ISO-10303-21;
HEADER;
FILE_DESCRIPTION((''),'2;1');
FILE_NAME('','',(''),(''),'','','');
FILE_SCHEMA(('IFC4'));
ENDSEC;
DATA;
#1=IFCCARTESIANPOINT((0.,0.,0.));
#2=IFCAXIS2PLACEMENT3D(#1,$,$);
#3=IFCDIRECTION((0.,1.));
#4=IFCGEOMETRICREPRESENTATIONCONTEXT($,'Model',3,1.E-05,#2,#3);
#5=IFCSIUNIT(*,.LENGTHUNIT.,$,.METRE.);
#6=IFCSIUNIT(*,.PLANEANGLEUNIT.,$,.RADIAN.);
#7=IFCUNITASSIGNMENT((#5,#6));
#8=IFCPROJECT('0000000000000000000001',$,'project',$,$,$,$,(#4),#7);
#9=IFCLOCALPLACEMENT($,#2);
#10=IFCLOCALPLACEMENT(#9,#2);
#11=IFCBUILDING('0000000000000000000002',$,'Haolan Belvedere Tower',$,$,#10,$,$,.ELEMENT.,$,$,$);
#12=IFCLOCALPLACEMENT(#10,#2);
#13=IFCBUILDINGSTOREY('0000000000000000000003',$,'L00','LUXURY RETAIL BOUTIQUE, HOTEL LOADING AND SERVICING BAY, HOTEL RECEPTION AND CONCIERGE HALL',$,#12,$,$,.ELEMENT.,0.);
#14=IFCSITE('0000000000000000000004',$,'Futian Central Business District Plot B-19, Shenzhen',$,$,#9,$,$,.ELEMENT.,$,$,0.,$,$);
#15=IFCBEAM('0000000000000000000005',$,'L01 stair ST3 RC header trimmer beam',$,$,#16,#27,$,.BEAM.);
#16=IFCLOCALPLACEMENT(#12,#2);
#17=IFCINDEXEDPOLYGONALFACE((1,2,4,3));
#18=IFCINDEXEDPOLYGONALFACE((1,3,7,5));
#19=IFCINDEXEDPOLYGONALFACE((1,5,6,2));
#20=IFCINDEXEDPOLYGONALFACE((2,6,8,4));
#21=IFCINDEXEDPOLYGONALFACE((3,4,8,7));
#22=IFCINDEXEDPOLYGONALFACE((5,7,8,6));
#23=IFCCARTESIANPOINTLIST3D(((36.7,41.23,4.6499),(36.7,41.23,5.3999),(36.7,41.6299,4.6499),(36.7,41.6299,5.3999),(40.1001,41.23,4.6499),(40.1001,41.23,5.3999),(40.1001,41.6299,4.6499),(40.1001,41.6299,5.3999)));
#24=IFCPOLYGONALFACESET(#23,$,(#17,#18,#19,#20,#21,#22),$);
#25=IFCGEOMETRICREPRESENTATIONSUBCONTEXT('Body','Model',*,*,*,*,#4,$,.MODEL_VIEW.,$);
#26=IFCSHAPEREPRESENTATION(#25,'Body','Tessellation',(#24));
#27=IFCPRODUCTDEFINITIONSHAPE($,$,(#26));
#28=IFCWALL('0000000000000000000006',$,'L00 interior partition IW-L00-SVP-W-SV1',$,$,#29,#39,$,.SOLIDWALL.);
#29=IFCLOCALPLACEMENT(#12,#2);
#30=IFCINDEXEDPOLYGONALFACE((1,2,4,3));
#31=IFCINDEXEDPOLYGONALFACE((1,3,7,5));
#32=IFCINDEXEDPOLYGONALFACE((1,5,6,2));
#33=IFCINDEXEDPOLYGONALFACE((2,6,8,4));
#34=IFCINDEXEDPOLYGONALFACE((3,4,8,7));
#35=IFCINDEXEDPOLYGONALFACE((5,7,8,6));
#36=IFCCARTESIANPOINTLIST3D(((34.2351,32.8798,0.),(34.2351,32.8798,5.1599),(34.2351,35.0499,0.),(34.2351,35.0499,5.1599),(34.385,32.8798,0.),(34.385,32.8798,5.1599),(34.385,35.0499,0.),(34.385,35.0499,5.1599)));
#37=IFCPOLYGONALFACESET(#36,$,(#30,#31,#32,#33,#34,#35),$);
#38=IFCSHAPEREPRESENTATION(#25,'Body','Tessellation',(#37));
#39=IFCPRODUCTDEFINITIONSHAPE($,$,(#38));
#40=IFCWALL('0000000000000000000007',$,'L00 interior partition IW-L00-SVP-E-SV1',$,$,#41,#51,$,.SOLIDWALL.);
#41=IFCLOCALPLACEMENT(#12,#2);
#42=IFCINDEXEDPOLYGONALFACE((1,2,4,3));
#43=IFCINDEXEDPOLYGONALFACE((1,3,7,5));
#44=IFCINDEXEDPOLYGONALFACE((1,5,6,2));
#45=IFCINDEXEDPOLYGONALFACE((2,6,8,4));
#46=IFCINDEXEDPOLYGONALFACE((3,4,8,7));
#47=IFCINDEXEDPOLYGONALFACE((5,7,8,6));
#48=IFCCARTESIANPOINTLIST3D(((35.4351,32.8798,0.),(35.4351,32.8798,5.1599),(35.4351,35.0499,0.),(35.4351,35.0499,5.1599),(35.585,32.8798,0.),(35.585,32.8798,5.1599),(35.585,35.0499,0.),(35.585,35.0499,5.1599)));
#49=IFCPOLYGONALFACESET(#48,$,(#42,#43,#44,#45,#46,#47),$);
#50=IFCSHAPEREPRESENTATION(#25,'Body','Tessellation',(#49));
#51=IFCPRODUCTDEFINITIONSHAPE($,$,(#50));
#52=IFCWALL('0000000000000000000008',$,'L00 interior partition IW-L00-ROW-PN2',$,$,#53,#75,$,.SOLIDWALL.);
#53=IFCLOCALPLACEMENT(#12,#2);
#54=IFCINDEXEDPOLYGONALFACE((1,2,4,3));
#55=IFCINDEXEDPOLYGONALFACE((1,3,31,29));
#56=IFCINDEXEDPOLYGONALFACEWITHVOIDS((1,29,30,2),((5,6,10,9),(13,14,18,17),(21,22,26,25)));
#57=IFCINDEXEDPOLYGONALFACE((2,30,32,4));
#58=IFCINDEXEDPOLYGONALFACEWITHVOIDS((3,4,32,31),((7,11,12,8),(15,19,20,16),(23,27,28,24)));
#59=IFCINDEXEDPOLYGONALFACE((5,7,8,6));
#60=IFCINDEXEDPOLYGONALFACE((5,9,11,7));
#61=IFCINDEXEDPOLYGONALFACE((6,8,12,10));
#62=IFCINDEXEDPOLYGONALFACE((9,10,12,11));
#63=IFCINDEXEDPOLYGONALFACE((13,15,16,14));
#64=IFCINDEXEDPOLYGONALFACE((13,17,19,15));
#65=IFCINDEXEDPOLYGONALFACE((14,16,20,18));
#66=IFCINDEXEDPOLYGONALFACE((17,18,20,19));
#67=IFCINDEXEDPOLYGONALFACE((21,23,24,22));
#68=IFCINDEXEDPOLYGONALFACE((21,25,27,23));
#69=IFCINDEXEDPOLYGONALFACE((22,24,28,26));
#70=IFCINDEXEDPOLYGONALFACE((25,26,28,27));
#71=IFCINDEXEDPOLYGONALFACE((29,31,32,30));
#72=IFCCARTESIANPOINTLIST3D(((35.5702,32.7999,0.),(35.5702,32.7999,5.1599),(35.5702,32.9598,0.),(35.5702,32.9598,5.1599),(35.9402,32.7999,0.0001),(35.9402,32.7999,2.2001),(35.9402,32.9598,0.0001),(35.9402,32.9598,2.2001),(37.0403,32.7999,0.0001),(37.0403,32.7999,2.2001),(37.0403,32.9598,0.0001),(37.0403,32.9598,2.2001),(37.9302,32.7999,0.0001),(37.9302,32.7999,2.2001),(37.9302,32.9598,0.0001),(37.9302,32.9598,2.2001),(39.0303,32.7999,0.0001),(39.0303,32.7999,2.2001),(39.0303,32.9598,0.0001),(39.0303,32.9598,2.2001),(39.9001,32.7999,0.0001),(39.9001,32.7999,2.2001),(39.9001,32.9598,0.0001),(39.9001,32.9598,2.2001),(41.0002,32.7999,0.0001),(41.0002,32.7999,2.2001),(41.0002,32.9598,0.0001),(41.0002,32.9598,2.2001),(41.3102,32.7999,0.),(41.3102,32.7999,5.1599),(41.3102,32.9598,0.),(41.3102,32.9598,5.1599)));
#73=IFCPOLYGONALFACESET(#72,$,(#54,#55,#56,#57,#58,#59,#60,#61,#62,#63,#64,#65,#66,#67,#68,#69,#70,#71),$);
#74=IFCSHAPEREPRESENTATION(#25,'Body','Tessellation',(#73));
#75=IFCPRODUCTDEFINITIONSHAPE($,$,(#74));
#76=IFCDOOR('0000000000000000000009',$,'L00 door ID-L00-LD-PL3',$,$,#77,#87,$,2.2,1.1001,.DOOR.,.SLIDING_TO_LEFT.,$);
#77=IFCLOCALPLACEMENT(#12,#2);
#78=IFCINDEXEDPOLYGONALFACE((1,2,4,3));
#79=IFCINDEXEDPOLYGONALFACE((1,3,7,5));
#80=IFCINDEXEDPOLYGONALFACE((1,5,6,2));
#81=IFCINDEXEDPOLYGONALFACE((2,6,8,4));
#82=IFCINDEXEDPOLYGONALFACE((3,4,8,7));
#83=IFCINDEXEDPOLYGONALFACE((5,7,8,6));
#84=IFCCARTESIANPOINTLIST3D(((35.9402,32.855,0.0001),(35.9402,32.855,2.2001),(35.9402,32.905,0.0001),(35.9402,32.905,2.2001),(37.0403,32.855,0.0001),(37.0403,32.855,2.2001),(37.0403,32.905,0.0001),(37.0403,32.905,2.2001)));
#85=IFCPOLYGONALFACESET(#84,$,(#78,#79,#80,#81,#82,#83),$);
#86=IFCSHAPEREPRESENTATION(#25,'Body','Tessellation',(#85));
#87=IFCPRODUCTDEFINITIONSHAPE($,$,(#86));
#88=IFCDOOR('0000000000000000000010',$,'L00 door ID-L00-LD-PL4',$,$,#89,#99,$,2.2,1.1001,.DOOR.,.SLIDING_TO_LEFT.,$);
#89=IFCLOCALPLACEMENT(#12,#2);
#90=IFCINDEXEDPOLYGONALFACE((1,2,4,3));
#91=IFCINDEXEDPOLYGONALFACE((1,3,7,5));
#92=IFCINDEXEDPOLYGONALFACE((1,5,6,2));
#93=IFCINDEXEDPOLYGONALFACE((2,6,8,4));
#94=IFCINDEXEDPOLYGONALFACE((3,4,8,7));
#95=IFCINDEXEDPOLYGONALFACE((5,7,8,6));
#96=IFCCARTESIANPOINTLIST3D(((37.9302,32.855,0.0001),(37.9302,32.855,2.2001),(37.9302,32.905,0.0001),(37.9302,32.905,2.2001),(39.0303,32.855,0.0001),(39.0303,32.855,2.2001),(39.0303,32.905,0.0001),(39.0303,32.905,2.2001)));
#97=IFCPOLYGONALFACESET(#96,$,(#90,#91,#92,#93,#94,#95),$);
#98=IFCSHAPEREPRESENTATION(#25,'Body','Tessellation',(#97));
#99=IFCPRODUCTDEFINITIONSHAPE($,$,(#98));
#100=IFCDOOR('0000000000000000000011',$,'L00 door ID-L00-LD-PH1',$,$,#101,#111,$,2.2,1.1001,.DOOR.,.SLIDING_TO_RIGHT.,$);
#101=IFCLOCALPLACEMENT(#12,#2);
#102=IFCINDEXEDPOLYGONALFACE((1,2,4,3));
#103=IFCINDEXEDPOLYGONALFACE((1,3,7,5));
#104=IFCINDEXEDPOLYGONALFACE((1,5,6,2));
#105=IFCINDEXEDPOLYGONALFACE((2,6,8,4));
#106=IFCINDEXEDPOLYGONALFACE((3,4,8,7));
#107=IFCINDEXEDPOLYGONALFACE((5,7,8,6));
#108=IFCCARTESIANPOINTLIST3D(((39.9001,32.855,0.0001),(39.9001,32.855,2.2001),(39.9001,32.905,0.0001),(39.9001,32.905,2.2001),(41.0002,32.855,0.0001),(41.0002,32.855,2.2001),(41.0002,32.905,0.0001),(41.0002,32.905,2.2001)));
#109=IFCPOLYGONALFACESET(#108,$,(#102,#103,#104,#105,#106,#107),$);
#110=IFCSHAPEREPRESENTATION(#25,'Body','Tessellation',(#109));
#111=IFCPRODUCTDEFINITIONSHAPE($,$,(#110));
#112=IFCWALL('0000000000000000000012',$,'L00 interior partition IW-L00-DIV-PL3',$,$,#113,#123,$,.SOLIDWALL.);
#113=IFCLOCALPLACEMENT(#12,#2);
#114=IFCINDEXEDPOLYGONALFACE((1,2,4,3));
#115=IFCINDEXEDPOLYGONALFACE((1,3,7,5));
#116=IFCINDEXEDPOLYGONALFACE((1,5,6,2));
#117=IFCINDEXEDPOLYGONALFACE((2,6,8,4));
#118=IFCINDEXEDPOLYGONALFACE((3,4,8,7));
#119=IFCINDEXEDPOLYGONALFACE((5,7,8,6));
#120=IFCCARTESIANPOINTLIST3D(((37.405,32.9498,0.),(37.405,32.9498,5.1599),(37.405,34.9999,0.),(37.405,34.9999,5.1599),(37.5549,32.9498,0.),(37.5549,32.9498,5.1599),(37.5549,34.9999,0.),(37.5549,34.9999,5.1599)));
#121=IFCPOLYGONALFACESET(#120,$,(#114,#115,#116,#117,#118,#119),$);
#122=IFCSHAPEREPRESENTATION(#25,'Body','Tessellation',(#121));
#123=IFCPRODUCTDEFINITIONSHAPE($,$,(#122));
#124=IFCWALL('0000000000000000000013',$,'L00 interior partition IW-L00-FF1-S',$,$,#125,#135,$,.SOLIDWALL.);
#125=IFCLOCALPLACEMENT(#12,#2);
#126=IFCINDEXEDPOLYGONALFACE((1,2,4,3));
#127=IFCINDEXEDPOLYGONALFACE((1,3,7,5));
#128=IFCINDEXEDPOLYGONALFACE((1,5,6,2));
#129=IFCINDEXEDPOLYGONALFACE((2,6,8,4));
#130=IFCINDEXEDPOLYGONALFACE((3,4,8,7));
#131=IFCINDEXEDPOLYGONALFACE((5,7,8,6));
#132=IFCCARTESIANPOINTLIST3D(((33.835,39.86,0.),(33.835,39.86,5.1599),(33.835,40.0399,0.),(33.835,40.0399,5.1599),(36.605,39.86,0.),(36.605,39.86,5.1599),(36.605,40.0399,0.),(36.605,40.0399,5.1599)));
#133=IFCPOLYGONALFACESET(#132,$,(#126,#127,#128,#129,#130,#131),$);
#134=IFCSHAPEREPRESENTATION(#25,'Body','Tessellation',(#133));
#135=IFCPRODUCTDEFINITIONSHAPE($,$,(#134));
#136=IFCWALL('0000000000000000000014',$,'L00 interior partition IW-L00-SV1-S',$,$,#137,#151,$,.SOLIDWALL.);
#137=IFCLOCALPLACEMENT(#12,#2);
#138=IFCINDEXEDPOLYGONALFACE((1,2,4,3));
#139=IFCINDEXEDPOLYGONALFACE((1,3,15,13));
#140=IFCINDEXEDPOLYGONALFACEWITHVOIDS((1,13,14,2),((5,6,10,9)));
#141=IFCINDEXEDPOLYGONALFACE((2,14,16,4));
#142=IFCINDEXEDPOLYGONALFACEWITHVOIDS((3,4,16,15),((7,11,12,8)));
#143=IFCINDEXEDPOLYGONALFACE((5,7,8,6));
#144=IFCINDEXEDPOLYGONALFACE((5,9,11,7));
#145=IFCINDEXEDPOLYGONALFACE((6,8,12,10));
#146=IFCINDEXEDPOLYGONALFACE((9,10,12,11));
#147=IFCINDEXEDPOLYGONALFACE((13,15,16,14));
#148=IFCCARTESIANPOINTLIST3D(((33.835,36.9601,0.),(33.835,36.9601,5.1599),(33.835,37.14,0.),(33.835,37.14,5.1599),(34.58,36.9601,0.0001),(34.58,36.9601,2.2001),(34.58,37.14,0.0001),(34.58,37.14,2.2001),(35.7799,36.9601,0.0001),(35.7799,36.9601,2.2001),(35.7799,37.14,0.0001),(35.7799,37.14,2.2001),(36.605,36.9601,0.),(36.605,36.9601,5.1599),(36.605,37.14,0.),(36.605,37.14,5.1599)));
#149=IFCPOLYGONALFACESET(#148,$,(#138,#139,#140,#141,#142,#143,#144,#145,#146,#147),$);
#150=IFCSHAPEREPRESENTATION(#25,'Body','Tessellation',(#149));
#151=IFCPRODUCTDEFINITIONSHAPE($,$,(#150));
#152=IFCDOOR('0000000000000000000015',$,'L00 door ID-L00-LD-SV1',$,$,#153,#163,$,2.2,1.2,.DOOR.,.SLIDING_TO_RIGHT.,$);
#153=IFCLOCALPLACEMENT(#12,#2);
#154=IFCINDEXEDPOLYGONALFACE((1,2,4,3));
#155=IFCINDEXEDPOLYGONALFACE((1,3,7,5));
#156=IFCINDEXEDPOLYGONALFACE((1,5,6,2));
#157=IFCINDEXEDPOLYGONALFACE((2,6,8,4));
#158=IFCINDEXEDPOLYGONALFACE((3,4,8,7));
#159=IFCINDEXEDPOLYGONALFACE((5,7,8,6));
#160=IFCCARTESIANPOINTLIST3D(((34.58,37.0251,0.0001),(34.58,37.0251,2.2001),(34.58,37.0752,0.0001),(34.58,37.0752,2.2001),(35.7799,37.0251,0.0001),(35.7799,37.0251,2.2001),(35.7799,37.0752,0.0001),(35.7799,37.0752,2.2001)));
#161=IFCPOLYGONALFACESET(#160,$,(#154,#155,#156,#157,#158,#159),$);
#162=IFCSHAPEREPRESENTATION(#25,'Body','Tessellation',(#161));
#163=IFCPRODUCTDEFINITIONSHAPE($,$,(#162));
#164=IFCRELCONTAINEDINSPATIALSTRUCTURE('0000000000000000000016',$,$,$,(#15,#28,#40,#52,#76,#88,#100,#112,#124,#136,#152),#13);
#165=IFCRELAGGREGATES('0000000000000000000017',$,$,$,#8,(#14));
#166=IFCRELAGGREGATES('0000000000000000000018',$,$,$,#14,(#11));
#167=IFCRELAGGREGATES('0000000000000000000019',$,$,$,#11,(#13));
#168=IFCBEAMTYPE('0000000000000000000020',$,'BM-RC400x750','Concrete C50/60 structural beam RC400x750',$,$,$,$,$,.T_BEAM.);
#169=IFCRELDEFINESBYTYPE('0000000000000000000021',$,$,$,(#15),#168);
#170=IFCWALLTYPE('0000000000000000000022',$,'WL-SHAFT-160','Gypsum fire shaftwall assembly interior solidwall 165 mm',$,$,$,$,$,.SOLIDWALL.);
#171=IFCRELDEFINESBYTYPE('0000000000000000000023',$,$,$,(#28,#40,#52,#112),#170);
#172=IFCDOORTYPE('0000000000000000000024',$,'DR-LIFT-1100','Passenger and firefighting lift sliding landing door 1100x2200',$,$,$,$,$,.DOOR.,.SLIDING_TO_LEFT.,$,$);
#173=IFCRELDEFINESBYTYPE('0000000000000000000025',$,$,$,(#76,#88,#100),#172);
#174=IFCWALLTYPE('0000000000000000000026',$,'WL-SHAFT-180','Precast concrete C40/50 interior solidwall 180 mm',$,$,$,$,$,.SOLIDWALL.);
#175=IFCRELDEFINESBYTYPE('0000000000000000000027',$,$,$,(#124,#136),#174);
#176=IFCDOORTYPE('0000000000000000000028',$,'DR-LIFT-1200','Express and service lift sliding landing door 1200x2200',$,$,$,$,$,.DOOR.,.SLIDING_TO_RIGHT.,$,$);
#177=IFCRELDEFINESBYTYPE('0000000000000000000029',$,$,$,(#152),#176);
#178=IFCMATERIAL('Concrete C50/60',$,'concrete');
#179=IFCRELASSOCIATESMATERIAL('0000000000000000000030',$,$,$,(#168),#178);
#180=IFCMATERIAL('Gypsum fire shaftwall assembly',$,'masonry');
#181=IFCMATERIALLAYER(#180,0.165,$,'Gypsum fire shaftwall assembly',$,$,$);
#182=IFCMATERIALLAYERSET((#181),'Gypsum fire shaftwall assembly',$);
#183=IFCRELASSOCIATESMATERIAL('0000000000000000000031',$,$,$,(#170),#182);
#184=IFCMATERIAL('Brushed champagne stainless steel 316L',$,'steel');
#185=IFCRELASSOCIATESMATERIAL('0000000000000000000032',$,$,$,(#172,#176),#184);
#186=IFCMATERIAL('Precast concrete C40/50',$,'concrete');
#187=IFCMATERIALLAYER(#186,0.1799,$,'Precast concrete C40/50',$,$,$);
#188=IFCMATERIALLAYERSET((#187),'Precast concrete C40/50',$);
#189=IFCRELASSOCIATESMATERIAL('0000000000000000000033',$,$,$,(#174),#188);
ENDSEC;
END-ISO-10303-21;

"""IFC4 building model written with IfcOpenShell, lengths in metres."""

from ifc_helpers import new_model, si_unit, direction, frame, frame_2d, origin, origin_2d, place, context, subcontext, project, spatial, rectangle, extrude, material, layer, layer_set, material_profile, profile_set, type_object, element, fill, save


model = new_model("IFC4")

# Units and contexts
model_context = context("Model", 3, precision=1e-05, world=origin(), true_north=direction((0.0, 1.0)))
body_context = subcontext(model_context, "Body", "Model", "MODEL_VIEW")
ifc_project = project(units=[si_unit("LENGTHUNIT", "METRE"), si_unit("PLANEANGLEUNIT", "RADIAN")], contexts=[model_context])

# Site, building, storey
site_placement = place(None, origin())
site = spatial("IfcSite", under=ifc_project, at=site_placement, Name="Futian Central Business District Plot B-19, Shenzhen", CompositionType="ELEMENT", RefElevation=0.0)
building_placement = place(site_placement, origin())
building = spatial("IfcBuilding", under=site, at=building_placement, Name="Haolan Belvedere Tower", CompositionType="ELEMENT")
storey_placement = place(building_placement, origin())
storey = spatial("IfcBuildingStorey", under=building, at=storey_placement, Name="L00", Description="LUXURY RETAIL BOUTIQUE, HOTEL LOADING AND SERVICING BAY, HOTEL RECEPTION AND CONCIERGE HALL", CompositionType="ELEMENT", Elevation=0.0)

# Beam
ifc_material_1 = material(Name="Concrete C50/60", Category="concrete")
ifc_material_profile = material_profile(ifc_material_1, rectangle(XDim=0.3999, YDim=0.75, at=origin_2d()), Name="Concrete C50/60")
ifc_profile_set = profile_set([ifc_material_profile], Name="Concrete C50/60")
beam_type = type_object("IfcBeamType", Name="BM-RC400x750", Description="Concrete C50/60 structural beam RC400x750", PredefinedType="T_BEAM", material=ifc_profile_set)
beam_placement = place(storey_placement, frame((36.7, 41.4299, 5.0249), z_axis=(1.0, 0.0, 0.0), x_axis=(0.0, 1.0, 0.0)))
element("IfcBeam", 1, at=beam_placement, inside=storey, type_object=beam_type, Name="L01 stair ST3 RC header trimmer beam", PredefinedType="BEAM", context=body_context, shape_type="SweptSolid", body=[
    extrude(rectangle(XDim=0.3999, YDim=0.75, at=origin_2d()), origin(), (0.0, 0.0, 1.0), 3.4001),
])

# Walls
ifc_material_2 = material(Name="Gypsum fire shaftwall assembly", Category="masonry")
ifc_layer_1 = layer(ifc_material_2, 0.165, Name="Gypsum fire shaftwall assembly")
ifc_layer_set_1 = layer_set([ifc_layer_1], Name="Gypsum fire shaftwall assembly")
wall_type_1 = type_object("IfcWallType", Name="WL-SHAFT-160", Description="Gypsum fire shaftwall assembly interior solidwall 165 mm", PredefinedType="SOLIDWALL", material=ifc_layer_set_1)
for number, where, z_axis, x_axis, name in (
    (2, (34.3101, 32.8799, 0.0), (0.0, 0.0, 1.0), (0.0, 1.0, 0.0), "L00 interior partition IW-L00-SVP-W-SV1"),
    (3, (35.51, 32.8799, 0.0), (0.0, 0.0, 1.0), (0.0, 1.0, 0.0), "L00 interior partition IW-L00-SVP-E-SV1"),
):
    element("IfcWall", number, at=place(storey_placement, frame(where, z_axis=z_axis, x_axis=x_axis)), inside=storey, type_object=wall_type_1, Name=name, PredefinedType="SOLIDWALL", context=body_context, shape_type="SweptSolid", body=[
        extrude(rectangle(XDim=2.1702, YDim=0.1499, at=frame_2d((1.085, 0.0))), origin(), (0.0, 0.0, 1.0), 5.1599),
    ])

# Wall, openings, doors
wall_1_placement = place(storey_placement, frame((35.5701, 32.8799, 0.0), z_axis=(0.0, 0.0, 1.0), x_axis=(1.0, 0.0, 0.0)))
wall_1 = element("IfcWall", 4, at=wall_1_placement, inside=storey, type_object=wall_type_1, Name="L00 interior partition IW-L00-ROW-PN2", PredefinedType="SOLIDWALL", context=body_context, shape_type="SweptSolid", body=[
    extrude(rectangle(XDim=5.74, YDim=0.1599, at=frame_2d((2.8701, 0.0))), origin(), (0.0, 0.0, 1.0), 5.1599),
])
opening_1_placement = place(wall_1_placement, frame((1.4702, 0.0, 0.0), z_axis=(0.0, 0.0, 1.0), x_axis=(-1.0, 0.0, 0.0)))
opening_1 = element("IfcOpeningElement", 5, at=opening_1_placement, cuts=wall_1, PredefinedType="OPENING", context=body_context, shape_type="SweptSolid", body=[
    extrude(rectangle(XDim=1.1001, YDim=2.2, at=frame_2d((0.55, 1.1001))), frame((0.0, 0.0898, 0.0), z_axis=(0.0, -1.0, 0.0), x_axis=(1.0, 0.0, 0.0)), (0.0, 0.0, 1.0), 0.1799),
])
opening_2_placement = place(wall_1_placement, frame((3.4602, 0.0, 0.0), z_axis=(0.0, 0.0, 1.0), x_axis=(-1.0, 0.0, 0.0)))
opening_2 = element("IfcOpeningElement", 6, at=opening_2_placement, cuts=wall_1, PredefinedType="OPENING", context=body_context, shape_type="SweptSolid", body=[
    extrude(rectangle(XDim=1.1001, YDim=2.2, at=frame_2d((0.55, 1.1001))), frame((0.0, 0.0898, 0.0), z_axis=(0.0, -1.0, 0.0), x_axis=(1.0, 0.0, 0.0)), (0.0, 0.0, 1.0), 0.1799),
])
opening_3_placement = place(wall_1_placement, frame((5.4302, 0.0, 0.0), z_axis=(0.0, 0.0, 1.0), x_axis=(-1.0, 0.0, 0.0)))
opening_3 = element("IfcOpeningElement", 7, at=opening_3_placement, cuts=wall_1, PredefinedType="OPENING", context=body_context, shape_type="SweptSolid", body=[
    extrude(rectangle(XDim=1.1001, YDim=2.2, at=frame_2d((0.55, 1.1001))), frame((0.0, 0.0898, 0.0), z_axis=(0.0, -1.0, 0.0), x_axis=(1.0, 0.0, 0.0)), (0.0, 0.0, 1.0), 0.1799),
])
ifc_material_3 = material(Name="Brushed champagne stainless steel 316L", Category="steel")
door_type_1 = type_object("IfcDoorType", Name="DR-LIFT-1100", Description="Passenger and firefighting lift sliding landing door 1100x2200", OperationType="SLIDING_TO_LEFT", PredefinedType="DOOR", material=ifc_material_3)
door_1_placement = place(opening_1_placement, origin())
door_1 = element("IfcDoor", 8, at=door_1_placement, inside=storey, type_object=door_type_1, Name="L00 door ID-L00-LD-PL3", OperationType="SLIDING_TO_LEFT", OverallHeight=2.2, OverallWidth=1.1001, PredefinedType="DOOR", context=body_context, shape_type="SweptSolid", body=[
    extrude(rectangle(XDim=1.1001, YDim=2.2, at=frame_2d((0.55, 1.1001))), frame((0.0, 0.0249, 0.0), z_axis=(0.0, -1.0, 0.0), x_axis=(1.0, 0.0, 0.0)), (0.0, 0.0, 1.0), 0.05),
])
fill(opening_1, door_1)
door_2_placement = place(opening_2_placement, origin())
door_2 = element("IfcDoor", 9, at=door_2_placement, inside=storey, type_object=door_type_1, Name="L00 door ID-L00-LD-PL4", OperationType="SLIDING_TO_LEFT", OverallHeight=2.2, OverallWidth=1.1001, PredefinedType="DOOR", context=body_context, shape_type="SweptSolid", body=[
    extrude(rectangle(XDim=1.1001, YDim=2.2, at=frame_2d((0.55, 1.1001))), frame((0.0, 0.0249, 0.0), z_axis=(0.0, -1.0, 0.0), x_axis=(1.0, 0.0, 0.0)), (0.0, 0.0, 1.0), 0.05),
])
fill(opening_2, door_2)
door_3_placement = place(opening_3_placement, origin())
door_3 = element("IfcDoor", 10, at=door_3_placement, inside=storey, type_object=door_type_1, Name="L00 door ID-L00-LD-PH1", OperationType="SLIDING_TO_RIGHT", OverallHeight=2.2, OverallWidth=1.1001, PredefinedType="DOOR", context=body_context, shape_type="SweptSolid", body=[
    extrude(rectangle(XDim=1.1001, YDim=2.2, at=frame_2d((0.55, 1.1001))), frame((0.0, 0.0249, 0.0), z_axis=(0.0, -1.0, 0.0), x_axis=(1.0, 0.0, 0.0)), (0.0, 0.0, 1.0), 0.05),
])
fill(opening_3, door_3)

# Walls
wall_2_placement = place(storey_placement, frame((37.48, 32.95, 0.0), z_axis=(0.0, 0.0, 1.0), x_axis=(0.0, 1.0, 0.0)))
element("IfcWall", 11, at=wall_2_placement, inside=storey, type_object=wall_type_1, Name="L00 interior partition IW-L00-DIV-PL3", PredefinedType="SOLIDWALL", context=body_context, shape_type="SweptSolid", body=[
    extrude(rectangle(XDim=2.05, YDim=0.1499, at=frame_2d((1.0249, 0.0))), origin(), (0.0, 0.0, 1.0), 5.1599),
])
ifc_material_4 = material(Name="Precast concrete C40/50", Category="concrete")
ifc_layer_2 = layer(ifc_material_4, 0.1799, Name="Precast concrete C40/50")
ifc_layer_set_2 = layer_set([ifc_layer_2], Name="Precast concrete C40/50")
wall_type_2 = type_object("IfcWallType", Name="WL-SHAFT-180", Description="Precast concrete C40/50 interior solidwall 180 mm", PredefinedType="SOLIDWALL", material=ifc_layer_set_2)
wall_3_placement = place(storey_placement, frame((33.835, 39.95, 0.0), z_axis=(0.0, 0.0, 1.0), x_axis=(1.0, 0.0, 0.0)))
element("IfcWall", 12, at=wall_3_placement, inside=storey, type_object=wall_type_2, Name="L00 interior partition IW-L00-FF1-S", PredefinedType="SOLIDWALL", context=body_context, shape_type="SweptSolid", body=[
    extrude(rectangle(XDim=2.77, YDim=0.1799, at=frame_2d((1.385, 0.0))), origin(), (0.0, 0.0, 1.0), 5.1599),
])

# Wall, opening, door
wall_4_placement = place(storey_placement, frame((33.835, 37.05, 0.0), z_axis=(0.0, 0.0, 1.0), x_axis=(1.0, 0.0, 0.0)))
wall_4 = element("IfcWall", 13, at=wall_4_placement, inside=storey, type_object=wall_type_2, Name="L00 interior partition IW-L00-SV1-S", PredefinedType="SOLIDWALL", context=body_context, shape_type="SweptSolid", body=[
    extrude(rectangle(XDim=2.77, YDim=0.1799, at=frame_2d((1.385, 0.0))), origin(), (0.0, 0.0, 1.0), 5.1599),
])
opening_4_placement = place(wall_4_placement, frame((1.9451, 0.0, 0.0), z_axis=(0.0, 0.0, 1.0), x_axis=(-1.0, 0.0, 0.0)))
opening_4 = element("IfcOpeningElement", 14, at=opening_4_placement, cuts=wall_4, PredefinedType="OPENING", context=body_context, shape_type="SweptSolid", body=[
    extrude(rectangle(XDim=1.2, YDim=2.2, at=frame_2d((0.6001, 1.1001))), frame((0.0, 0.0999, 0.0), z_axis=(0.0, -1.0, 0.0), x_axis=(1.0, 0.0, 0.0)), (0.0, 0.0, 1.0), 0.2),
])
door_type_2 = type_object("IfcDoorType", Name="DR-LIFT-1200", Description="Express and service lift sliding landing door 1200x2200", OperationType="SLIDING_TO_RIGHT", PredefinedType="DOOR", material=ifc_material_3)
door_4_placement = place(opening_4_placement, origin())
door_4 = element("IfcDoor", 15, at=door_4_placement, inside=storey, type_object=door_type_2, Name="L00 door ID-L00-LD-SV1", OperationType="SLIDING_TO_RIGHT", OverallHeight=2.2, OverallWidth=1.2, PredefinedType="DOOR", context=body_context, shape_type="SweptSolid", body=[
    extrude(rectangle(XDim=1.2, YDim=2.2, at=frame_2d((0.6001, 1.1001))), frame((0.0, 0.0249, 0.0), z_axis=(0.0, -1.0, 0.0), x_axis=(1.0, 0.0, 0.0)), (0.0, 0.0, 1.0), 0.05),
])
fill(opening_4, door_4)

save(model, "model.ifc")
